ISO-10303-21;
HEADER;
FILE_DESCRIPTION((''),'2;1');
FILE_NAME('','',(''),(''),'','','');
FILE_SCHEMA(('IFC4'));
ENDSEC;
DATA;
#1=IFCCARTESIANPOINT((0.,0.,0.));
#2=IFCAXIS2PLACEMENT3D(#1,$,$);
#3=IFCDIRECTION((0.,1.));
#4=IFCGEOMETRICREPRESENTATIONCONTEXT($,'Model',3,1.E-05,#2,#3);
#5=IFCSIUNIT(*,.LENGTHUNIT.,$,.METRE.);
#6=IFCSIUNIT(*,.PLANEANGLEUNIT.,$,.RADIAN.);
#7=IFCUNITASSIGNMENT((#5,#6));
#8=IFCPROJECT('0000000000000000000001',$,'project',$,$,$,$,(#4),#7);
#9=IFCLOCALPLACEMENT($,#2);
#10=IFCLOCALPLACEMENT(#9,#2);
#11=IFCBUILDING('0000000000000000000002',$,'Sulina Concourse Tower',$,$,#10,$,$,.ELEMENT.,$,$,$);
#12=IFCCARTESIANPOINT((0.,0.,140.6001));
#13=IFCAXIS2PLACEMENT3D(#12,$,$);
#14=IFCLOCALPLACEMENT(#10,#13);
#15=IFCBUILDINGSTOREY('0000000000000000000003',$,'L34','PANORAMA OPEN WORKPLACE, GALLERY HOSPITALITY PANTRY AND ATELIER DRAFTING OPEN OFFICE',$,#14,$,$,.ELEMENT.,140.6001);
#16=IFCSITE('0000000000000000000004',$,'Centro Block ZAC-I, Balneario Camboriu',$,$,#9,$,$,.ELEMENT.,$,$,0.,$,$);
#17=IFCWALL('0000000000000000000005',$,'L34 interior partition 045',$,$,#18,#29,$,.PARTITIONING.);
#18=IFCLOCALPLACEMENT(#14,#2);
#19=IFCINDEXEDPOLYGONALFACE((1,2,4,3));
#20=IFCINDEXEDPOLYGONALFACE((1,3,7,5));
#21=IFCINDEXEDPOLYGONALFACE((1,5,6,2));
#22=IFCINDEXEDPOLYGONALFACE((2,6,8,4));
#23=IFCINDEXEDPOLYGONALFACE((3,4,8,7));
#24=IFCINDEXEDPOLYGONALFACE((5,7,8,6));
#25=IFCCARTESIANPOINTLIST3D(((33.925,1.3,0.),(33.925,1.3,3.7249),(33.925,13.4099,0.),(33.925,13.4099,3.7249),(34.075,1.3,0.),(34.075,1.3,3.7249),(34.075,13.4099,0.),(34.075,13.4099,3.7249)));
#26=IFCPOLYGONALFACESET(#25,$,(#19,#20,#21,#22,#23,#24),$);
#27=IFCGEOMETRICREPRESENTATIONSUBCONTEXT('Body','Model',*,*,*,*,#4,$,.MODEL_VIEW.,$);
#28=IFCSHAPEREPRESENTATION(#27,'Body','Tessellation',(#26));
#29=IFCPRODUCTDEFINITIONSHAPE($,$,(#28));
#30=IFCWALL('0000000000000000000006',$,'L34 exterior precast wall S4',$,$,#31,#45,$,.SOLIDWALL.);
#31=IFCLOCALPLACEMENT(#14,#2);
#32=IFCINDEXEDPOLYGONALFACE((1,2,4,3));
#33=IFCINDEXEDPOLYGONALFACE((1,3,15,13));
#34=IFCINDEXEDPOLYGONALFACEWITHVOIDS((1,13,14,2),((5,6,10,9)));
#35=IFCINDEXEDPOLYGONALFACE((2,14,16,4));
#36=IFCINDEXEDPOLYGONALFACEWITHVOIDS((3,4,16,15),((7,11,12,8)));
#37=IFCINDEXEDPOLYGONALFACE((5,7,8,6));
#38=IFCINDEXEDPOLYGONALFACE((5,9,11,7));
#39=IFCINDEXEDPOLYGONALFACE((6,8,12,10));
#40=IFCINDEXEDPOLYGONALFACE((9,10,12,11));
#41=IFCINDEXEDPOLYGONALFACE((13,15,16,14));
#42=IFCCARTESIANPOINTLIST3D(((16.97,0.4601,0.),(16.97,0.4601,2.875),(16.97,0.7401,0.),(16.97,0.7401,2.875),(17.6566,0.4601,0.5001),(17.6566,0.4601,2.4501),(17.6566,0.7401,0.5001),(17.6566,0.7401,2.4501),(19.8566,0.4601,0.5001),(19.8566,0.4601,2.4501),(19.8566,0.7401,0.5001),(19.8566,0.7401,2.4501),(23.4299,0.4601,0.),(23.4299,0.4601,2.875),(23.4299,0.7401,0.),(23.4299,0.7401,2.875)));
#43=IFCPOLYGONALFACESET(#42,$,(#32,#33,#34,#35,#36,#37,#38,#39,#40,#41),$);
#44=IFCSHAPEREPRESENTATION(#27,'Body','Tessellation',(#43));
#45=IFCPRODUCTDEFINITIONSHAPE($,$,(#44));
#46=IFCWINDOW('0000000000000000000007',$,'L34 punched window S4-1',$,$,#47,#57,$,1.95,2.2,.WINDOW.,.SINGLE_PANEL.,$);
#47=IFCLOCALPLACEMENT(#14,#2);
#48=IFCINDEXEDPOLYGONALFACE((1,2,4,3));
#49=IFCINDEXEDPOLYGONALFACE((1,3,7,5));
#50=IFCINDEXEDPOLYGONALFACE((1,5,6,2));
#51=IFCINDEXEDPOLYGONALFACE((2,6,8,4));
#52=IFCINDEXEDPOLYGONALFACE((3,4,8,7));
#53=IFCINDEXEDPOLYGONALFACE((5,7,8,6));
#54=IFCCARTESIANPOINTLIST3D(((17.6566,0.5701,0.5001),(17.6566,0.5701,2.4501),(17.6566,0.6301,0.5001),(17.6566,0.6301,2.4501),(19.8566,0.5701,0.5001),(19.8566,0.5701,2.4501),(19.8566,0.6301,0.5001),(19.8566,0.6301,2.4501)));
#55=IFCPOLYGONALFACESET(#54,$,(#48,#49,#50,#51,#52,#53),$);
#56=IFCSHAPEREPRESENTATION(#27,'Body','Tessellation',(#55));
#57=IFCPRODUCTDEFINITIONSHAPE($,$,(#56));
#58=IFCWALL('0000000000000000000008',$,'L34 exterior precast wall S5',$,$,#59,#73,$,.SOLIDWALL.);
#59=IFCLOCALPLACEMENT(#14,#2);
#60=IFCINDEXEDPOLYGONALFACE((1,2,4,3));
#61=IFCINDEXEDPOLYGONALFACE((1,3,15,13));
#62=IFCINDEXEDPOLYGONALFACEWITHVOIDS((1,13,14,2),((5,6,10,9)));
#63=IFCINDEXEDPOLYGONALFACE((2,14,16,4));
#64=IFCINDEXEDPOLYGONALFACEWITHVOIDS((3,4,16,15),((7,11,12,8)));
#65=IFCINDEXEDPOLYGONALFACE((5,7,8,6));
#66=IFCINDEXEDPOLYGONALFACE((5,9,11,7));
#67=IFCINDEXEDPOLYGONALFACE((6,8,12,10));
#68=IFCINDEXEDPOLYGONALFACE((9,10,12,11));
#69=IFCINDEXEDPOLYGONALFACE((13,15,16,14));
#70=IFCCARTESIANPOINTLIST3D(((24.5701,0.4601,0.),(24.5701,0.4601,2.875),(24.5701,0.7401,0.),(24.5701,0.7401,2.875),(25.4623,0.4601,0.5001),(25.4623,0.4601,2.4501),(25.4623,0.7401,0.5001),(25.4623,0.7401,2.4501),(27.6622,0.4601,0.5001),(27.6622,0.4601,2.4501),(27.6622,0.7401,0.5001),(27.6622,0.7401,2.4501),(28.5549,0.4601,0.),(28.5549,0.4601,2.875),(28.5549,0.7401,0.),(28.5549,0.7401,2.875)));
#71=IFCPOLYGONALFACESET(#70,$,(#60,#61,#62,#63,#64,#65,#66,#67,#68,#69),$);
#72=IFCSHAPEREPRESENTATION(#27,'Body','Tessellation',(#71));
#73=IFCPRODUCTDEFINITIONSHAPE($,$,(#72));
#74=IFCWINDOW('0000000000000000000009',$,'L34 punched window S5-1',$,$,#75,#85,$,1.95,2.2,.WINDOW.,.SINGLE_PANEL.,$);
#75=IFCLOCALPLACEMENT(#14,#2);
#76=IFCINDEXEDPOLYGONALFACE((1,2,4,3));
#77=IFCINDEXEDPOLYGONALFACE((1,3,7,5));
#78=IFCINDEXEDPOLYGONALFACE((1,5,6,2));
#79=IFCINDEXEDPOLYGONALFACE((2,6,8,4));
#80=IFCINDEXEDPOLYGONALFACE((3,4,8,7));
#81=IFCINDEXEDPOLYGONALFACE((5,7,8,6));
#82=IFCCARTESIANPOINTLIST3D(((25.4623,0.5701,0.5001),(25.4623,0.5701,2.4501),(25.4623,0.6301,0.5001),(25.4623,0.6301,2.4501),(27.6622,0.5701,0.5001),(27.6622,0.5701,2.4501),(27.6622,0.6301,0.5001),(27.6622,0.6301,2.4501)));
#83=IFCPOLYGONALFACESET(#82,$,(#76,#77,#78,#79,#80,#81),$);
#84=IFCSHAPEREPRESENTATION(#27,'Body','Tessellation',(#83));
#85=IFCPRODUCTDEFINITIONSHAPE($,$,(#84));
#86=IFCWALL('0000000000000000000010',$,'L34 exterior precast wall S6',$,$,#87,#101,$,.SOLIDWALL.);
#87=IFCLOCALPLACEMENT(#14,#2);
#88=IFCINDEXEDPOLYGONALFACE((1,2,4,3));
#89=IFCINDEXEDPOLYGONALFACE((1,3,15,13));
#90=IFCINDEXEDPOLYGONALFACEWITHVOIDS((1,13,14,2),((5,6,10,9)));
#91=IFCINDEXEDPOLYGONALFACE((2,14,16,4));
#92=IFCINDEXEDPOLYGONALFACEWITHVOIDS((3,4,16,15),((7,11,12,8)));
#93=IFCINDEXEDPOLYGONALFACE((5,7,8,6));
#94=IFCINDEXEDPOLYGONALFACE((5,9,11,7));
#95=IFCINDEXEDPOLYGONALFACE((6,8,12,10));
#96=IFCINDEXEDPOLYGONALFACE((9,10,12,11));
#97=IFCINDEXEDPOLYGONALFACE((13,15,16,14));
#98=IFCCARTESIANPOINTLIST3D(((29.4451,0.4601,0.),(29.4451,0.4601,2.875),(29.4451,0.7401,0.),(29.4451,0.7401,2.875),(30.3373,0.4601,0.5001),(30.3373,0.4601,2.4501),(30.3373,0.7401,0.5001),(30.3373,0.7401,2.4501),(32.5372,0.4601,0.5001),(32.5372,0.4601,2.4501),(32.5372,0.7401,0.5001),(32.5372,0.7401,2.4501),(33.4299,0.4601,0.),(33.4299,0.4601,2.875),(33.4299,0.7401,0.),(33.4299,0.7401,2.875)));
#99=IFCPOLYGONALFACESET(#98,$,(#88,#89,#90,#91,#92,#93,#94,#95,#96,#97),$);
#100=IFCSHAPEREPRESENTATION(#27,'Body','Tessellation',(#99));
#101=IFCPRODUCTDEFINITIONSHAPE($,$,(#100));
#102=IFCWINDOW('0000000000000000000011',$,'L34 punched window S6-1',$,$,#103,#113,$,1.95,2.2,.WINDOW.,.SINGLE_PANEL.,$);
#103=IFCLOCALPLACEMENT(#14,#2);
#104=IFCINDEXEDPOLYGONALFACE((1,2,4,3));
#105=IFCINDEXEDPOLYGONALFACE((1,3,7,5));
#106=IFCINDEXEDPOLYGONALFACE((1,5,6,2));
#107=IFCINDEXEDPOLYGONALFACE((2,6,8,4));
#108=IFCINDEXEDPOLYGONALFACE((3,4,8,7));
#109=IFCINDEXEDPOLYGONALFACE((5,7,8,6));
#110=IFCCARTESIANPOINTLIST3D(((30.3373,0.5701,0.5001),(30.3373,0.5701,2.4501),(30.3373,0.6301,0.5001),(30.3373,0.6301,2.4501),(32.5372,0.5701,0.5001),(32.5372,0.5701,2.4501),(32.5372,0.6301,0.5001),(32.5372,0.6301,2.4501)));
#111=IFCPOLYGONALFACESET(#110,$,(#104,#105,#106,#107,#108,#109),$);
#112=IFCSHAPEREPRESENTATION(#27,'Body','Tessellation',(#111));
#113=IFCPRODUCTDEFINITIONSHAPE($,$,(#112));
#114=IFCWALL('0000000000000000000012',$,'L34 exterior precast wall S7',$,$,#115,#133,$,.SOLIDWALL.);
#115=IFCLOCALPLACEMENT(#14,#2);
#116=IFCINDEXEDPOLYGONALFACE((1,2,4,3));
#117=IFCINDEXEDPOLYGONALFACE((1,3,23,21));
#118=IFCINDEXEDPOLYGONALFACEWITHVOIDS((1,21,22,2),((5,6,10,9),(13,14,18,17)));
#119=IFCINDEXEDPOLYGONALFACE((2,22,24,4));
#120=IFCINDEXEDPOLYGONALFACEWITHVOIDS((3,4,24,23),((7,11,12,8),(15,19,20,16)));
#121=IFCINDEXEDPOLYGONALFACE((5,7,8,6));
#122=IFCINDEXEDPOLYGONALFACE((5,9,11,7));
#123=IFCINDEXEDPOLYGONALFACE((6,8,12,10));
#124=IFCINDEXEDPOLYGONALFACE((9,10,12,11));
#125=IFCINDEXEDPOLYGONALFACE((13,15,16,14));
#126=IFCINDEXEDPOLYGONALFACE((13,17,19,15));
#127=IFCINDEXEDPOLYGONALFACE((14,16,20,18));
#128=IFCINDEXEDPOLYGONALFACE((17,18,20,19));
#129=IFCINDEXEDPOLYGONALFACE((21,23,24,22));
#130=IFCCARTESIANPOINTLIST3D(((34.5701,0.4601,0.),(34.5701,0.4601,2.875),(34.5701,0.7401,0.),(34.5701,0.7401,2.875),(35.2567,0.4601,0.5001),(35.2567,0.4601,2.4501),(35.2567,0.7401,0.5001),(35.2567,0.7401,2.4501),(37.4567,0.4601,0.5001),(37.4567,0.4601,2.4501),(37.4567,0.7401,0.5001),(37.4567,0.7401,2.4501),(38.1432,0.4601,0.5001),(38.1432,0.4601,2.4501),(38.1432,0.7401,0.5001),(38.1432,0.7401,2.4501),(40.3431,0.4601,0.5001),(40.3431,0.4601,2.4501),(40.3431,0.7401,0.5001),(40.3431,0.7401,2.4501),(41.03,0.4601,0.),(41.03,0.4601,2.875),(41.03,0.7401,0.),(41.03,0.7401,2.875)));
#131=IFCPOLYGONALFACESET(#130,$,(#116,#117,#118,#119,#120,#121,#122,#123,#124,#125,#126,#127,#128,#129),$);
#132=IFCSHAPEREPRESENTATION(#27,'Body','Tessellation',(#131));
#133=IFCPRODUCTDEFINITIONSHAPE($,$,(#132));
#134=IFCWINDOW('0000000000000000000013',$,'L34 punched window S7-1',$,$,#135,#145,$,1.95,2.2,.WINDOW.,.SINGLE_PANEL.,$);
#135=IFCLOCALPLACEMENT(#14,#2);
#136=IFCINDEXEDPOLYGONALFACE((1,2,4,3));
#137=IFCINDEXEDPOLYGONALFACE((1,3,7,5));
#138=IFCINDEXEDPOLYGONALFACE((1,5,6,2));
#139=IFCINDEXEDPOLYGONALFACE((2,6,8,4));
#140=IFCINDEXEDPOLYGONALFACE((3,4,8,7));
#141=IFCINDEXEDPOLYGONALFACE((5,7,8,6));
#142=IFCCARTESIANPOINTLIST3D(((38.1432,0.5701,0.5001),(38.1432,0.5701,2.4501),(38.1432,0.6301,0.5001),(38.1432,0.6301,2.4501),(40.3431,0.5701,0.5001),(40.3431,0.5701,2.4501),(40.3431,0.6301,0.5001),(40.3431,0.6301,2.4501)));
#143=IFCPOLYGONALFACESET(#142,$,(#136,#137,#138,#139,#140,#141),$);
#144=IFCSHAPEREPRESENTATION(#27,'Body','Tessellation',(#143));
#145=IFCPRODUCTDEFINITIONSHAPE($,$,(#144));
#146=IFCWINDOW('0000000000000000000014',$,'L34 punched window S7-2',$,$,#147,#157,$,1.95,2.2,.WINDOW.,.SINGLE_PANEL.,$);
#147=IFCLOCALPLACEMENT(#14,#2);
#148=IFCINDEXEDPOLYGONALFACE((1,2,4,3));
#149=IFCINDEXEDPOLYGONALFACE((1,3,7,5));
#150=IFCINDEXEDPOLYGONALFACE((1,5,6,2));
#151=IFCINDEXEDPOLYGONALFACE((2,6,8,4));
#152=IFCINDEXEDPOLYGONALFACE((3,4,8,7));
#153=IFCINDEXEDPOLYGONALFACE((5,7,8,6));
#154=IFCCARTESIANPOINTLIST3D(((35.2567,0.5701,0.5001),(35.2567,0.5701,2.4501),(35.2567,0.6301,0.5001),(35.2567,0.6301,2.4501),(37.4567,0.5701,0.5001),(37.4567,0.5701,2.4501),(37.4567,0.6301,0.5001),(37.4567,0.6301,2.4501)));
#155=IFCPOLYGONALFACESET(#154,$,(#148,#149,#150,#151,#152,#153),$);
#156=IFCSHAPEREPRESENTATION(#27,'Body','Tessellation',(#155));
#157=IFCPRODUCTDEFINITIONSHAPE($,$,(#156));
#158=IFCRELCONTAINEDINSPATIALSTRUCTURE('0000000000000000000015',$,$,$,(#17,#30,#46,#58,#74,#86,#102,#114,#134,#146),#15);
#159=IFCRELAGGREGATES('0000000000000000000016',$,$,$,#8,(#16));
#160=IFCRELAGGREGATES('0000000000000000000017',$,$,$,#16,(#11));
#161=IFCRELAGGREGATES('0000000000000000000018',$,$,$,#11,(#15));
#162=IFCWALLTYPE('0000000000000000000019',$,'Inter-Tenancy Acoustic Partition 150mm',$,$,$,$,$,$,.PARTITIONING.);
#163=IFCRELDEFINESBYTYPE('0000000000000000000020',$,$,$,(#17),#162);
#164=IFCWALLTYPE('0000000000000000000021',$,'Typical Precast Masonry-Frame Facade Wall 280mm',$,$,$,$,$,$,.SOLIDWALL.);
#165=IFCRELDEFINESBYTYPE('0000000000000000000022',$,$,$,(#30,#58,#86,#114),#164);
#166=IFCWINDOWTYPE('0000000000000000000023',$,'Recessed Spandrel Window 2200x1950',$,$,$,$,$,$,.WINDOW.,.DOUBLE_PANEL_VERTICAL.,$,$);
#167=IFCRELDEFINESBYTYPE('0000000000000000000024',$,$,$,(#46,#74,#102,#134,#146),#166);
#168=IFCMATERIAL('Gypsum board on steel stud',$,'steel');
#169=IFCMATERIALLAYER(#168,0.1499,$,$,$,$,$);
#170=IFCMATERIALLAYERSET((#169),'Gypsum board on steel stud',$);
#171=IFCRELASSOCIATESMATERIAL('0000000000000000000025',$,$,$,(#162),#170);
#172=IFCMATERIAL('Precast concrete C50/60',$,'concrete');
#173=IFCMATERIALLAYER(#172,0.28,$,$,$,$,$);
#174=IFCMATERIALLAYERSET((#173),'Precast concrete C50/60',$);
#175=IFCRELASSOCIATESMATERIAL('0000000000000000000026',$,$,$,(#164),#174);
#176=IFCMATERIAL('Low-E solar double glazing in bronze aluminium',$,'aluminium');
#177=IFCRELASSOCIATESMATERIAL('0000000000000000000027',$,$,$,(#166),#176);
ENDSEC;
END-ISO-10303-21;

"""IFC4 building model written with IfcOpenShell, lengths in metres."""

from ifc_helpers import new_model, si_unit, direction, frame, frame_2d, origin, place, context, subcontext, project, spatial, rectangle, extrude, material, layer, layer_set, type_object, element, fill, save


model = new_model("IFC4")

# Units and contexts
model_context = context("Model", 3, precision=1e-05, world=origin(), true_north=direction((0.0, 1.0)))
body_context = subcontext(model_context, "Body", "Model", "MODEL_VIEW")
ifc_project = project(units=[si_unit("LENGTHUNIT", "METRE"), si_unit("PLANEANGLEUNIT", "RADIAN")], contexts=[model_context])

# Site, building, storey
site_placement = place(None, origin())
site = spatial("IfcSite", under=ifc_project, at=site_placement, Name="Centro Block ZAC-I, Balneario Camboriu", CompositionType="ELEMENT", RefElevation=0.0)
building_placement = place(site_placement, origin())
building = spatial("IfcBuilding", under=site, at=building_placement, Name="Sulina Concourse Tower", CompositionType="ELEMENT")
storey_placement = place(building_placement, frame((0.0, 0.0, 140.6001)))
storey = spatial("IfcBuildingStorey", under=building, at=storey_placement, Name="L34", Description="PANORAMA OPEN WORKPLACE, GALLERY HOSPITALITY PANTRY AND ATELIER DRAFTING OPEN OFFICE", CompositionType="ELEMENT", Elevation=140.6001)

# Wall
ifc_material_1 = material(Name="Gypsum board on steel stud", Category="steel")
ifc_layer_1 = layer(ifc_material_1, 0.1499)
ifc_layer_set_1 = layer_set([ifc_layer_1], Name="Gypsum board on steel stud")
wall_type_1 = type_object("IfcWallType", Name="Inter-Tenancy Acoustic Partition 150mm", PredefinedType="PARTITIONING", material=ifc_layer_set_1)
for number, where, z_axis, x_axis, name in (
    (1, (34.0, 1.3, 0.0), (0.0, 0.0, 1.0), (0.0, 1.0, 0.0), "L34 interior partition 045"),
):
    element("IfcWall", number, at=place(storey_placement, frame(where, z_axis=z_axis, x_axis=x_axis)), inside=storey, type_object=wall_type_1, Name=name, PredefinedType="PARTITIONING", context=body_context, shape_type="SweptSolid", body=[
        extrude(rectangle(XDim=12.1099, YDim=0.1499, at=frame_2d((6.0549, 0.0))), origin(), (0.0, 0.0, 1.0), 3.7249),
    ])

# Walls, openings, windows
ifc_material_2 = material(Name="Precast concrete C50/60", Category="concrete")
ifc_layer_2 = layer(ifc_material_2, 0.28)
ifc_layer_set_2 = layer_set([ifc_layer_2], Name="Precast concrete C50/60")
wall_type_2 = type_object("IfcWallType", Name="Typical Precast Masonry-Frame Facade Wall 280mm", PredefinedType="SOLIDWALL", material=ifc_layer_set_2)
wall_1_placement = place(storey_placement, frame((23.4299, 0.6001, 0.0), z_axis=(0.0, 0.0, 1.0), x_axis=(-1.0, 0.0, 0.0)))
wall_1 = element("IfcWall", 2, at=wall_1_placement, inside=storey, type_object=wall_type_2, Name="L34 exterior precast wall S4", PredefinedType="SOLIDWALL", context=body_context, shape_type="SweptSolid", body=[
    extrude(rectangle(XDim=6.46, YDim=0.28, at=frame_2d((3.23, 0.0))), origin(), (0.0, 0.0, 1.0), 2.875),
])
opening_1_placement = place(wall_1_placement, frame((3.5732, 0.0, 0.5)))
opening_1 = element("IfcOpeningElement", 3, at=opening_1_placement, cuts=wall_1, PredefinedType="OPENING", context=body_context, shape_type="SweptSolid", body=[
    extrude(rectangle(XDim=2.2, YDim=1.95, at=frame_2d((1.1001, 0.9751))), frame((0.0, 0.1499, 0.0), z_axis=(0.0, -1.0, 0.0), x_axis=(1.0, 0.0, 0.0)), (0.0, 0.0, 1.0), 0.3),
])
ifc_material_3 = material(Name="Low-E solar double glazing in bronze aluminium", Category="aluminium")
window_type = type_object("IfcWindowType", Name="Recessed Spandrel Window 2200x1950", PartitioningType="DOUBLE_PANEL_VERTICAL", PredefinedType="WINDOW", material=ifc_material_3)
window_1_placement = place(opening_1_placement, origin())
window_1 = element("IfcWindow", 4, at=window_1_placement, inside=storey, type_object=window_type, Name="L34 punched window S4-1", OverallHeight=1.95, OverallWidth=2.2, PartitioningType="SINGLE_PANEL", PredefinedType="WINDOW", context=body_context, shape_type="SweptSolid", body=[
    extrude(rectangle(XDim=2.2, YDim=1.95, at=frame_2d((1.1001, 0.9751))), frame((0.0, 0.03, 0.0), z_axis=(0.0, -1.0, 0.0), x_axis=(1.0, 0.0, 0.0)), (0.0, 0.0, 1.0), 0.0601),
])
fill(opening_1, window_1)
wall_2_placement = place(storey_placement, frame((28.5549, 0.6001, 0.0), z_axis=(0.0, 0.0, 1.0), x_axis=(-1.0, 0.0, 0.0)))
wall_2 = element("IfcWall", 5, at=wall_2_placement, inside=storey, type_object=wall_type_2, Name="L34 exterior precast wall S5", PredefinedType="SOLIDWALL", context=body_context, shape_type="SweptSolid", body=[
    extrude(rectangle(XDim=3.9849, YDim=0.28, at=frame_2d((1.9924, 0.0))), origin(), (0.0, 0.0, 1.0), 2.875),
])
opening_2_placement = place(wall_2_placement, frame((0.8926, 0.0, 0.5)))
opening_2 = element("IfcOpeningElement", 6, at=opening_2_placement, cuts=wall_2, PredefinedType="OPENING", context=body_context, shape_type="SweptSolid", body=[
    extrude(rectangle(XDim=2.2, YDim=1.95, at=frame_2d((1.1001, 0.9751))), frame((0.0, 0.1499, 0.0), z_axis=(0.0, -1.0, 0.0), x_axis=(1.0, 0.0, 0.0)), (0.0, 0.0, 1.0), 0.3),
])
window_2_placement = place(opening_2_placement, origin())
window_2 = element("IfcWindow", 7, at=window_2_placement, inside=storey, type_object=window_type, Name="L34 punched window S5-1", OverallHeight=1.95, OverallWidth=2.2, PartitioningType="SINGLE_PANEL", PredefinedType="WINDOW", context=body_context, shape_type="SweptSolid", body=[
    extrude(rectangle(XDim=2.2, YDim=1.95, at=frame_2d((1.1001, 0.9751))), frame((0.0, 0.03, 0.0), z_axis=(0.0, -1.0, 0.0), x_axis=(1.0, 0.0, 0.0)), (0.0, 0.0, 1.0), 0.0601),
])
fill(opening_2, window_2)
wall_3_placement = place(storey_placement, frame((33.4299, 0.6001, 0.0), z_axis=(0.0, 0.0, 1.0), x_axis=(-1.0, 0.0, 0.0)))
wall_3 = element("IfcWall", 8, at=wall_3_placement, inside=storey, type_object=wall_type_2, Name="L34 exterior precast wall S6", PredefinedType="SOLIDWALL", context=body_context, shape_type="SweptSolid", body=[
    extrude(rectangle(XDim=3.9849, YDim=0.28, at=frame_2d((1.9924, 0.0))), origin(), (0.0, 0.0, 1.0), 2.875),
])
opening_3_placement = place(wall_3_placement, frame((0.8926, 0.0, 0.5)))
opening_3 = element("IfcOpeningElement", 9, at=opening_3_placement, cuts=wall_3, PredefinedType="OPENING", context=body_context, shape_type="SweptSolid", body=[
    extrude(rectangle(XDim=2.2, YDim=1.95, at=frame_2d((1.1001, 0.9751))), frame((0.0, 0.1499, 0.0), z_axis=(0.0, -1.0, 0.0), x_axis=(1.0, 0.0, 0.0)), (0.0, 0.0, 1.0), 0.3),
])
window_3_placement = place(opening_3_placement, origin())
window_3 = element("IfcWindow", 10, at=window_3_placement, inside=storey, type_object=window_type, Name="L34 punched window S6-1", OverallHeight=1.95, OverallWidth=2.2, PartitioningType="SINGLE_PANEL", PredefinedType="WINDOW", context=body_context, shape_type="SweptSolid", body=[
    extrude(rectangle(XDim=2.2, YDim=1.95, at=frame_2d((1.1001, 0.9751))), frame((0.0, 0.03, 0.0), z_axis=(0.0, -1.0, 0.0), x_axis=(1.0, 0.0, 0.0)), (0.0, 0.0, 1.0), 0.0601),
])
fill(opening_3, window_3)

# Wall, openings, windows
wall_4_placement = place(storey_placement, frame((41.03, 0.6001, 0.0), z_axis=(0.0, 0.0, 1.0), x_axis=(-1.0, 0.0, 0.0)))
wall_4 = element("IfcWall", 11, at=wall_4_placement, inside=storey, type_object=wall_type_2, Name="L34 exterior precast wall S7", PredefinedType="SOLIDWALL", context=body_context, shape_type="SweptSolid", body=[
    extrude(rectangle(XDim=6.46, YDim=0.28, at=frame_2d((3.23, 0.0))), origin(), (0.0, 0.0, 1.0), 2.875),
])
opening_4_placement = place(wall_4_placement, frame((0.6868, 0.0, 0.5)))
opening_4 = element("IfcOpeningElement", 12, at=opening_4_placement, cuts=wall_4, PredefinedType="OPENING", context=body_context, shape_type="SweptSolid", body=[
    extrude(rectangle(XDim=2.2, YDim=1.95, at=frame_2d((1.1001, 0.9751))), frame((0.0, 0.1499, 0.0), z_axis=(0.0, -1.0, 0.0), x_axis=(1.0, 0.0, 0.0)), (0.0, 0.0, 1.0), 0.3),
])
opening_5_placement = place(wall_4_placement, frame((3.5732, 0.0, 0.5)))
opening_5 = element("IfcOpeningElement", 13, at=opening_5_placement, cuts=wall_4, PredefinedType="OPENING", context=body_context, shape_type="SweptSolid", body=[
    extrude(rectangle(XDim=2.2, YDim=1.95, at=frame_2d((1.1001, 0.9751))), frame((0.0, 0.1499, 0.0), z_axis=(0.0, -1.0, 0.0), x_axis=(1.0, 0.0, 0.0)), (0.0, 0.0, 1.0), 0.3),
])
window_4_placement = place(opening_4_placement, origin())
window_4 = element("IfcWindow", 14, at=window_4_placement, inside=storey, type_object=window_type, Name="L34 punched window S7-1", OverallHeight=1.95, OverallWidth=2.2, PartitioningType="SINGLE_PANEL", PredefinedType="WINDOW", context=body_context, shape_type="SweptSolid", body=[
    extrude(rectangle(XDim=2.2, YDim=1.95, at=frame_2d((1.1001, 0.9751))), frame((0.0, 0.03, 0.0), z_axis=(0.0, -1.0, 0.0), x_axis=(1.0, 0.0, 0.0)), (0.0, 0.0, 1.0), 0.0601),
])
fill(opening_4, window_4)
window_5_placement = place(opening_5_placement, origin())
window_5 = element("IfcWindow", 15, at=window_5_placement, inside=storey, type_object=window_type, Name="L34 punched window S7-2", OverallHeight=1.95, OverallWidth=2.2, PartitioningType="SINGLE_PANEL", PredefinedType="WINDOW", context=body_context, shape_type="SweptSolid", body=[
    extrude(rectangle(XDim=2.2, YDim=1.95, at=frame_2d((1.1001, 0.9751))), frame((0.0, 0.03, 0.0), z_axis=(0.0, -1.0, 0.0), x_axis=(1.0, 0.0, 0.0)), (0.0, 0.0, 1.0), 0.0601),
])
fill(opening_5, window_5)

save(model, "model.ifc")
